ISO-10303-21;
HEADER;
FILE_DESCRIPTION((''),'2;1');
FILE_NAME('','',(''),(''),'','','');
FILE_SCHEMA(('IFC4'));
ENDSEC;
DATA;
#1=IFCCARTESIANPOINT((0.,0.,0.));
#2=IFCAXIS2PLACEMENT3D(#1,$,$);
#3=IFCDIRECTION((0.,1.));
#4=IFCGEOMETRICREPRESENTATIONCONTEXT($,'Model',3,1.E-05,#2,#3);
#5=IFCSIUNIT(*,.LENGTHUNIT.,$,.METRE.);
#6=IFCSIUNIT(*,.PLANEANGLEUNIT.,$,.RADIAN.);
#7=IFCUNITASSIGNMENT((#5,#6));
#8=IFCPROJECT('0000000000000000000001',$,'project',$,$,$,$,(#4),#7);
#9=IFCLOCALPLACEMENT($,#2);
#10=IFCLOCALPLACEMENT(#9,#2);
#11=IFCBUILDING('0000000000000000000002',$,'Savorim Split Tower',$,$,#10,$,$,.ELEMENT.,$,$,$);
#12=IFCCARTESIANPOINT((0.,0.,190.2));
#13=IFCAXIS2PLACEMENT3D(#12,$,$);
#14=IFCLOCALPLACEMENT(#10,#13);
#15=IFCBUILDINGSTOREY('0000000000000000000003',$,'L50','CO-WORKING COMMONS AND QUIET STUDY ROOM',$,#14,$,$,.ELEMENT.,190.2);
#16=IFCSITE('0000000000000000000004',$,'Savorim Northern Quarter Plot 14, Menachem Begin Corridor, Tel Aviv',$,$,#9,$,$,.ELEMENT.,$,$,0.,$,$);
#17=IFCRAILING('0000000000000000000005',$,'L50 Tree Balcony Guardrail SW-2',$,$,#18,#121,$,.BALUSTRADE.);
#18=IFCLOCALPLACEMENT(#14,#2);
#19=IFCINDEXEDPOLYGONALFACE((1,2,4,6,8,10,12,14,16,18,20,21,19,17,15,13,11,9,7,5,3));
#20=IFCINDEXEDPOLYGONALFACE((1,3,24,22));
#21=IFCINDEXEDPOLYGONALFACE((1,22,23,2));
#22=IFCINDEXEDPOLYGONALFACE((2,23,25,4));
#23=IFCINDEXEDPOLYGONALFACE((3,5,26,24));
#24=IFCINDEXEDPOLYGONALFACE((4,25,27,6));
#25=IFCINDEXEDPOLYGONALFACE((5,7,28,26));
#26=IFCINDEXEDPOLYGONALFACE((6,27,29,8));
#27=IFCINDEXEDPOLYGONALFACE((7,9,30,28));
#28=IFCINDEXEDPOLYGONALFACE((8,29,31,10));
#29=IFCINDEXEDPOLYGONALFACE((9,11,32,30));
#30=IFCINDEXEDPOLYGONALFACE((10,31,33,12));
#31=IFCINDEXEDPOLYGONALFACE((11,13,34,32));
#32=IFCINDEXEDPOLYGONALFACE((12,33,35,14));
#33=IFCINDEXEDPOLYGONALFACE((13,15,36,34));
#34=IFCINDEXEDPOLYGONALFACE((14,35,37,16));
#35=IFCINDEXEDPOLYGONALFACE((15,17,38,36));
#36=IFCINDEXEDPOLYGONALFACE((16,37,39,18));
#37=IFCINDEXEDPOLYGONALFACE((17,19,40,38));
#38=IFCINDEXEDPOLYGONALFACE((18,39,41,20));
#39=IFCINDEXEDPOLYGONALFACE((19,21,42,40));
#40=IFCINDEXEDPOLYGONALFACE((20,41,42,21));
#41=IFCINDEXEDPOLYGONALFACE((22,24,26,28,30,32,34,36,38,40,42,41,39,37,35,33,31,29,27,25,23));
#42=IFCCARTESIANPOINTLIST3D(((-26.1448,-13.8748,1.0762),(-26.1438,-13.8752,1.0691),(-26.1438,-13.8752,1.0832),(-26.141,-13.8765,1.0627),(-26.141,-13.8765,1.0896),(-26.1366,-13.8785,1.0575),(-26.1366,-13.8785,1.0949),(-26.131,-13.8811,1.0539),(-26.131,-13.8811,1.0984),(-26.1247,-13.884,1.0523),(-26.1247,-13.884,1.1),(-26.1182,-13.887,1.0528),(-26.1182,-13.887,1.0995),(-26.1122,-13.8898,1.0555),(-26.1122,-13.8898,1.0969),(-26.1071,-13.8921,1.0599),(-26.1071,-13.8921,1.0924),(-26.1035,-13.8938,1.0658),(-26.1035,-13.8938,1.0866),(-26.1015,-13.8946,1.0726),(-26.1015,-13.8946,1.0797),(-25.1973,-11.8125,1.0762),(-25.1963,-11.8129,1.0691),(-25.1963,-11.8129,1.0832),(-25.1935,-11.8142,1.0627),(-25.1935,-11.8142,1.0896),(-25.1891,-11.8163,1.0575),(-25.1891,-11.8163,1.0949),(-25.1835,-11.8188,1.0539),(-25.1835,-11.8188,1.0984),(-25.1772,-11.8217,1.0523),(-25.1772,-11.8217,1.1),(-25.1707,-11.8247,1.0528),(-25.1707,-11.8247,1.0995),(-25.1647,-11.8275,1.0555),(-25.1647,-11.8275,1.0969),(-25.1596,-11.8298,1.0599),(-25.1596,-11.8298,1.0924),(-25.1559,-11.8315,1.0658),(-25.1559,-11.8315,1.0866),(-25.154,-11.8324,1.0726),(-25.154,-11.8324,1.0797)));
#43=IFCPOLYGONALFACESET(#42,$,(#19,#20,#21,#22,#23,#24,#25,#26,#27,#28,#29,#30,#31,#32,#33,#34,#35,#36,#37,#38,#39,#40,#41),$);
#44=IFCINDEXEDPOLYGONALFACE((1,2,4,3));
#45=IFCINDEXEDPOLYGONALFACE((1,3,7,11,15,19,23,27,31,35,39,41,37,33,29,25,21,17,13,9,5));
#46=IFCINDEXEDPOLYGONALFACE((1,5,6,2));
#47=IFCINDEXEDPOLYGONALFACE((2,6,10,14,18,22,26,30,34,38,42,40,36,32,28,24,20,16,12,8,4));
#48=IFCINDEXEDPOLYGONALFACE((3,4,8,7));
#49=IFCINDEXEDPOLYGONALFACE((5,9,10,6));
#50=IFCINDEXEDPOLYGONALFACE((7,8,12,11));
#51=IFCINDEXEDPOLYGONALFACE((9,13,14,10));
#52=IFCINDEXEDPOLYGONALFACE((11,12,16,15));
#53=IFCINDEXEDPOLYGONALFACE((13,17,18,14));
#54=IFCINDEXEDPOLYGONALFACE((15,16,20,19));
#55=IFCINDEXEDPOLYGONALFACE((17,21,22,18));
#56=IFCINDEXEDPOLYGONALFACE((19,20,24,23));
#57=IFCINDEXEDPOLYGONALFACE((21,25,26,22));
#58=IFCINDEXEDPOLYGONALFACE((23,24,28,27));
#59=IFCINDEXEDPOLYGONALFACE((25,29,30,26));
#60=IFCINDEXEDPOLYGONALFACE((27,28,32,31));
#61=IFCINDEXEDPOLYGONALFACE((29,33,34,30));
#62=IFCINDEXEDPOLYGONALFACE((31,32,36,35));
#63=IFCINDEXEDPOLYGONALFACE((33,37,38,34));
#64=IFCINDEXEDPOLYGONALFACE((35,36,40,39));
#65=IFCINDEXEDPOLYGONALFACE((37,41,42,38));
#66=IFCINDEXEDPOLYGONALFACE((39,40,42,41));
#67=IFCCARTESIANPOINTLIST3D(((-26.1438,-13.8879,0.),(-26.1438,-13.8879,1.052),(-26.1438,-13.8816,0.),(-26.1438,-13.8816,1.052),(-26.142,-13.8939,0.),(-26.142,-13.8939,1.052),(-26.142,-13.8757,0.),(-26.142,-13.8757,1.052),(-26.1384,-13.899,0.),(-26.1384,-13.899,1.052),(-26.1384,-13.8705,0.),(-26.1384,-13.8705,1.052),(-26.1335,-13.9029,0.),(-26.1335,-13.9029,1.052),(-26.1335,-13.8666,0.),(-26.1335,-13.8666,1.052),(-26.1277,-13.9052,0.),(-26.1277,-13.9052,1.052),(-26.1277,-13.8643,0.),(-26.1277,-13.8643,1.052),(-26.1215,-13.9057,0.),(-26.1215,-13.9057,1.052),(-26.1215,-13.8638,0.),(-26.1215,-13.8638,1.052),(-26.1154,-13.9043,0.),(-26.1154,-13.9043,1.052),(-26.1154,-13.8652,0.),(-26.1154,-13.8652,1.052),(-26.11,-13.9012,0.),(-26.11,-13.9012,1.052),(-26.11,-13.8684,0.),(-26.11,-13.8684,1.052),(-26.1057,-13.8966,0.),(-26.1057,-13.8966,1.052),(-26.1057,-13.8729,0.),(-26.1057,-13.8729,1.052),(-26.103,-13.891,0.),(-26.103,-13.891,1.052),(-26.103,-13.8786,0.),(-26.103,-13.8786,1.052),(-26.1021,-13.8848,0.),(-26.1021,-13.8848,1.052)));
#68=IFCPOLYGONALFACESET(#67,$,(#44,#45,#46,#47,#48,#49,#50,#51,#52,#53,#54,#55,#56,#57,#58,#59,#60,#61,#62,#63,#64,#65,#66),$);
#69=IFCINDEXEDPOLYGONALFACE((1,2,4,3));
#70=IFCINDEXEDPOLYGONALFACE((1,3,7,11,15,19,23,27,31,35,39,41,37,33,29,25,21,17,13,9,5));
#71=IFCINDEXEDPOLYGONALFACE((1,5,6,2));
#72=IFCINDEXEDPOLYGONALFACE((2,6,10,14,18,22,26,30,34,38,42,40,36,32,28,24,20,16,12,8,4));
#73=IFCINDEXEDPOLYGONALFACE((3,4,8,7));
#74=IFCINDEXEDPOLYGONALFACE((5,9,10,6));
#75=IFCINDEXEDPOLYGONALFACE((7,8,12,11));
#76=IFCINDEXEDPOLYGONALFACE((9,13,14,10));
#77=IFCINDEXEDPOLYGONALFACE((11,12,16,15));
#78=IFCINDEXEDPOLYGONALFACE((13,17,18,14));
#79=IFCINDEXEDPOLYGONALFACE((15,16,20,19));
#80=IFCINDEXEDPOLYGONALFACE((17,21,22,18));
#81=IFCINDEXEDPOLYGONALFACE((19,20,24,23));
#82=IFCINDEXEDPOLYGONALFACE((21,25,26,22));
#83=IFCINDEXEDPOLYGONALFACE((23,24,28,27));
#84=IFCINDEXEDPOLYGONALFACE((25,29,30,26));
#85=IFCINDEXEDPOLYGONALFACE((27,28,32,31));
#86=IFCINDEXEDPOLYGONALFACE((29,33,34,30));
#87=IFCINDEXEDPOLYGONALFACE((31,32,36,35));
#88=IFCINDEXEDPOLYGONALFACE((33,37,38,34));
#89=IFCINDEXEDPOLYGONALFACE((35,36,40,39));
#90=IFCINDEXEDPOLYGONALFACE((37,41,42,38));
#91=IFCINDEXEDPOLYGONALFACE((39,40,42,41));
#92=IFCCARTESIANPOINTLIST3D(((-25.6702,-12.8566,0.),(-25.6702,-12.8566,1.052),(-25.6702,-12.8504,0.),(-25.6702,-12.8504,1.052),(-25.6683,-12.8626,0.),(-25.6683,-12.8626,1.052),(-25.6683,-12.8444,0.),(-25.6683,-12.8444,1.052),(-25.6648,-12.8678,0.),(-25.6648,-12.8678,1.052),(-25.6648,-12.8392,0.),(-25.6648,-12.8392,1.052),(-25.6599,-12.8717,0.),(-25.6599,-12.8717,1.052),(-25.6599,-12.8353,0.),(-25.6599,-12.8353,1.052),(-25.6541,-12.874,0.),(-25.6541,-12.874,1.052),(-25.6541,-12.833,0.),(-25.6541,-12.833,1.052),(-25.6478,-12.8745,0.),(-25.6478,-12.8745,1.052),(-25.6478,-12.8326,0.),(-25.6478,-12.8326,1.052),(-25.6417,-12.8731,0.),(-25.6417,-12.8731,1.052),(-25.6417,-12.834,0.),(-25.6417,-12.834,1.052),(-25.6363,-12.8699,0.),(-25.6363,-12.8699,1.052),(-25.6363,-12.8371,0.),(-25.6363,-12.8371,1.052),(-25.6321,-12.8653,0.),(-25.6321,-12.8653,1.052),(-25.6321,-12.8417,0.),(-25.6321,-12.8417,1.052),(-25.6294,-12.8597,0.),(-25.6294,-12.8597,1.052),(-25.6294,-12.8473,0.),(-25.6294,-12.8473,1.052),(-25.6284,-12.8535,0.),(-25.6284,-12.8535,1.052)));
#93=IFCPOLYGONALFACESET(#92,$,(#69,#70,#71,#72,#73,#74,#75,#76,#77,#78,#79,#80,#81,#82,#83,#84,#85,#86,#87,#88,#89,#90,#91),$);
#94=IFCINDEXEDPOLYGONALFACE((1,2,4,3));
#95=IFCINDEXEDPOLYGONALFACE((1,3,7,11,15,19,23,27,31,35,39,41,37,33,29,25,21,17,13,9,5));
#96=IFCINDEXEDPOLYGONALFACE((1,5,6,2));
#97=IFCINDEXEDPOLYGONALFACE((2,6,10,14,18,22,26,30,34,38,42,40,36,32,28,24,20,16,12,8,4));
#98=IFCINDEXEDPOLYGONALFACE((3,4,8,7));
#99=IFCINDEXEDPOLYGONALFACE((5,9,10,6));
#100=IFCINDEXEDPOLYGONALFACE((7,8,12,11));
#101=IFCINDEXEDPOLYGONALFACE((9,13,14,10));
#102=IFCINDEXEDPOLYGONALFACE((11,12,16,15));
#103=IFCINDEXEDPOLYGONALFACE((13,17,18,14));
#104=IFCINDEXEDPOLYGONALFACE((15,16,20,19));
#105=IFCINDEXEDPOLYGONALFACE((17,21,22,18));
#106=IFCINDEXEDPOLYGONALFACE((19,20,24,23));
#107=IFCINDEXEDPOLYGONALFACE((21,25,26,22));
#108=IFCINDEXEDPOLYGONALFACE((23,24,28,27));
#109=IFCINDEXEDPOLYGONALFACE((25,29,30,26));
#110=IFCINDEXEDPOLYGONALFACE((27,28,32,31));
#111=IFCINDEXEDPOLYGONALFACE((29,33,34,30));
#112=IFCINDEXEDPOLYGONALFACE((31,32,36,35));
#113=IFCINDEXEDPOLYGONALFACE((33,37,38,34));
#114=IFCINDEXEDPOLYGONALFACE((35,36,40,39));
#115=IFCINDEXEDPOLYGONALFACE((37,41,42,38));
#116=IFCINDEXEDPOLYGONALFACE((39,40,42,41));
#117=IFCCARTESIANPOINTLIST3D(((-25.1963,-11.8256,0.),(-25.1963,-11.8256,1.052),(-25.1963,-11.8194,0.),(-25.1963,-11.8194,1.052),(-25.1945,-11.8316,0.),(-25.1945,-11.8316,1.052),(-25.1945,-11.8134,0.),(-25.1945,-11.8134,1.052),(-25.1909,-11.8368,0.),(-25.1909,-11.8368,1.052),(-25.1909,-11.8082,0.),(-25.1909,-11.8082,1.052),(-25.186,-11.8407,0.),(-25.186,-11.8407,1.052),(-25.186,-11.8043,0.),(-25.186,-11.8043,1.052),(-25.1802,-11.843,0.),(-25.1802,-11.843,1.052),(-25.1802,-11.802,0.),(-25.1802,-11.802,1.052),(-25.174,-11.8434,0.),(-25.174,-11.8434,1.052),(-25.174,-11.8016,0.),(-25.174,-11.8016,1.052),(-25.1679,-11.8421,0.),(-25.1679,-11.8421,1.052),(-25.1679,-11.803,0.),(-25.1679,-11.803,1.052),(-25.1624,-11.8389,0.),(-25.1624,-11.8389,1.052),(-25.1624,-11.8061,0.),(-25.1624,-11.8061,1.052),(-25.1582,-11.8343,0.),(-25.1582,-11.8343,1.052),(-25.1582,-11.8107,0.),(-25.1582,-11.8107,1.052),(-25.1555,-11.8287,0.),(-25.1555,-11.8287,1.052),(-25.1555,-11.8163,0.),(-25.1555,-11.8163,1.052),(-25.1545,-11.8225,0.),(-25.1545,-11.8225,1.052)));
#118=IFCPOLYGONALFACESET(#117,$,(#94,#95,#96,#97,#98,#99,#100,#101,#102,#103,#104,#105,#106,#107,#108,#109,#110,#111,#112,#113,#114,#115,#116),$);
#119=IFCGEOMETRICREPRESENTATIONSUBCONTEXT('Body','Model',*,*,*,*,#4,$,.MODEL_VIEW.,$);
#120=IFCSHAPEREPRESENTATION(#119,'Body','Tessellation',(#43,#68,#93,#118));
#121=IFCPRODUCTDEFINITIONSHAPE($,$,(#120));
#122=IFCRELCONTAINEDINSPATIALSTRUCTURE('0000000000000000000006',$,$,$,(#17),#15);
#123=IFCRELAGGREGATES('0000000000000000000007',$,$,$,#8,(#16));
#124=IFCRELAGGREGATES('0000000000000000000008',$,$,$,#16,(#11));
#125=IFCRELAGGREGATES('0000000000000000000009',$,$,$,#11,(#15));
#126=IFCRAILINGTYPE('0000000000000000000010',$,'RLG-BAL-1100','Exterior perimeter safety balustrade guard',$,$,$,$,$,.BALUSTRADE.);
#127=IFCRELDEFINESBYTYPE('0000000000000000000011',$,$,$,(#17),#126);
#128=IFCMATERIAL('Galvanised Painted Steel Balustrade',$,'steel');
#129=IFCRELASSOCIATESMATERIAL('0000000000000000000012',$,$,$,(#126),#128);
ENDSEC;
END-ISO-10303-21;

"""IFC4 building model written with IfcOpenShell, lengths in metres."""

from ifc_helpers import new_model, si_unit, direction, frame, origin, origin_2d, place, context, subcontext, project, spatial, circle, extrude, material, type_object, element, save


model = new_model("IFC4")

# Units and contexts
model_context = context("Model", 3, precision=1e-05, world=origin(), true_north=direction((0.0, 1.0)))
body_context = subcontext(model_context, "Body", "Model", "MODEL_VIEW")
ifc_project = project(units=[si_unit("LENGTHUNIT", "METRE"), si_unit("PLANEANGLEUNIT", "RADIAN")], contexts=[model_context])

# Site, building, storey
site_placement = place(None, origin())
site = spatial("IfcSite", under=ifc_project, at=site_placement, Name="Savorim Northern Quarter Plot 14, Menachem Begin Corridor, Tel Aviv", CompositionType="ELEMENT", RefElevation=0.0)
building_placement = place(site_placement, origin())
building = spatial("IfcBuilding", under=site, at=building_placement, Name="Savorim Split Tower", CompositionType="ELEMENT")
storey_placement = place(building_placement, frame((0.0, 0.0, 190.2)))
storey = spatial("IfcBuildingStorey", under=building, at=storey_placement, Name="L50", Description="CO-WORKING COMMONS AND QUIET STUDY ROOM", CompositionType="ELEMENT", Elevation=190.2)

# Railing
ifc_material_1 = material(Name="Galvanised Painted Steel Balustrade", Category="steel")
railing_type = type_object("IfcRailingType", Name="RLG-BAL-1100", Description="Exterior perimeter safety balustrade guard", PredefinedType="BALUSTRADE", material=ifc_material_1)
railing_1_placement = place(storey_placement, frame((-26.123, -13.8848, 0.0)))
element("IfcRailing", 1, at=railing_1_placement, inside=storey, type_object=railing_type, Name="L50 Tree Balcony Guardrail SW-2", PredefinedType="BALUSTRADE", context=body_context, shape_type="SweptSolid", body=[
    extrude(circle(Radius=0.0239, at=origin_2d()), frame((0.0, 0.0, 1.0762), z_axis=(0.417495, 0.908679, 0.0), x_axis=(-0.908679, 0.417495, 0.0)), (0.0, 0.0, 1.0), 2.2695),
    extrude(circle(Radius=0.021, at=origin_2d()), origin(), (0.0, 0.0, 1.0), 1.052),
    extrude(circle(Radius=0.021, at=origin_2d()), frame((0.4736, 1.0312, 0.0)), (0.0, 0.0, 1.0), 1.052),
    extrude(circle(Radius=0.021, at=origin_2d()), frame((0.9475, 2.0623, 0.0)), (0.0, 0.0, 1.0), 1.052),
])

save(model, "model.ifc")
